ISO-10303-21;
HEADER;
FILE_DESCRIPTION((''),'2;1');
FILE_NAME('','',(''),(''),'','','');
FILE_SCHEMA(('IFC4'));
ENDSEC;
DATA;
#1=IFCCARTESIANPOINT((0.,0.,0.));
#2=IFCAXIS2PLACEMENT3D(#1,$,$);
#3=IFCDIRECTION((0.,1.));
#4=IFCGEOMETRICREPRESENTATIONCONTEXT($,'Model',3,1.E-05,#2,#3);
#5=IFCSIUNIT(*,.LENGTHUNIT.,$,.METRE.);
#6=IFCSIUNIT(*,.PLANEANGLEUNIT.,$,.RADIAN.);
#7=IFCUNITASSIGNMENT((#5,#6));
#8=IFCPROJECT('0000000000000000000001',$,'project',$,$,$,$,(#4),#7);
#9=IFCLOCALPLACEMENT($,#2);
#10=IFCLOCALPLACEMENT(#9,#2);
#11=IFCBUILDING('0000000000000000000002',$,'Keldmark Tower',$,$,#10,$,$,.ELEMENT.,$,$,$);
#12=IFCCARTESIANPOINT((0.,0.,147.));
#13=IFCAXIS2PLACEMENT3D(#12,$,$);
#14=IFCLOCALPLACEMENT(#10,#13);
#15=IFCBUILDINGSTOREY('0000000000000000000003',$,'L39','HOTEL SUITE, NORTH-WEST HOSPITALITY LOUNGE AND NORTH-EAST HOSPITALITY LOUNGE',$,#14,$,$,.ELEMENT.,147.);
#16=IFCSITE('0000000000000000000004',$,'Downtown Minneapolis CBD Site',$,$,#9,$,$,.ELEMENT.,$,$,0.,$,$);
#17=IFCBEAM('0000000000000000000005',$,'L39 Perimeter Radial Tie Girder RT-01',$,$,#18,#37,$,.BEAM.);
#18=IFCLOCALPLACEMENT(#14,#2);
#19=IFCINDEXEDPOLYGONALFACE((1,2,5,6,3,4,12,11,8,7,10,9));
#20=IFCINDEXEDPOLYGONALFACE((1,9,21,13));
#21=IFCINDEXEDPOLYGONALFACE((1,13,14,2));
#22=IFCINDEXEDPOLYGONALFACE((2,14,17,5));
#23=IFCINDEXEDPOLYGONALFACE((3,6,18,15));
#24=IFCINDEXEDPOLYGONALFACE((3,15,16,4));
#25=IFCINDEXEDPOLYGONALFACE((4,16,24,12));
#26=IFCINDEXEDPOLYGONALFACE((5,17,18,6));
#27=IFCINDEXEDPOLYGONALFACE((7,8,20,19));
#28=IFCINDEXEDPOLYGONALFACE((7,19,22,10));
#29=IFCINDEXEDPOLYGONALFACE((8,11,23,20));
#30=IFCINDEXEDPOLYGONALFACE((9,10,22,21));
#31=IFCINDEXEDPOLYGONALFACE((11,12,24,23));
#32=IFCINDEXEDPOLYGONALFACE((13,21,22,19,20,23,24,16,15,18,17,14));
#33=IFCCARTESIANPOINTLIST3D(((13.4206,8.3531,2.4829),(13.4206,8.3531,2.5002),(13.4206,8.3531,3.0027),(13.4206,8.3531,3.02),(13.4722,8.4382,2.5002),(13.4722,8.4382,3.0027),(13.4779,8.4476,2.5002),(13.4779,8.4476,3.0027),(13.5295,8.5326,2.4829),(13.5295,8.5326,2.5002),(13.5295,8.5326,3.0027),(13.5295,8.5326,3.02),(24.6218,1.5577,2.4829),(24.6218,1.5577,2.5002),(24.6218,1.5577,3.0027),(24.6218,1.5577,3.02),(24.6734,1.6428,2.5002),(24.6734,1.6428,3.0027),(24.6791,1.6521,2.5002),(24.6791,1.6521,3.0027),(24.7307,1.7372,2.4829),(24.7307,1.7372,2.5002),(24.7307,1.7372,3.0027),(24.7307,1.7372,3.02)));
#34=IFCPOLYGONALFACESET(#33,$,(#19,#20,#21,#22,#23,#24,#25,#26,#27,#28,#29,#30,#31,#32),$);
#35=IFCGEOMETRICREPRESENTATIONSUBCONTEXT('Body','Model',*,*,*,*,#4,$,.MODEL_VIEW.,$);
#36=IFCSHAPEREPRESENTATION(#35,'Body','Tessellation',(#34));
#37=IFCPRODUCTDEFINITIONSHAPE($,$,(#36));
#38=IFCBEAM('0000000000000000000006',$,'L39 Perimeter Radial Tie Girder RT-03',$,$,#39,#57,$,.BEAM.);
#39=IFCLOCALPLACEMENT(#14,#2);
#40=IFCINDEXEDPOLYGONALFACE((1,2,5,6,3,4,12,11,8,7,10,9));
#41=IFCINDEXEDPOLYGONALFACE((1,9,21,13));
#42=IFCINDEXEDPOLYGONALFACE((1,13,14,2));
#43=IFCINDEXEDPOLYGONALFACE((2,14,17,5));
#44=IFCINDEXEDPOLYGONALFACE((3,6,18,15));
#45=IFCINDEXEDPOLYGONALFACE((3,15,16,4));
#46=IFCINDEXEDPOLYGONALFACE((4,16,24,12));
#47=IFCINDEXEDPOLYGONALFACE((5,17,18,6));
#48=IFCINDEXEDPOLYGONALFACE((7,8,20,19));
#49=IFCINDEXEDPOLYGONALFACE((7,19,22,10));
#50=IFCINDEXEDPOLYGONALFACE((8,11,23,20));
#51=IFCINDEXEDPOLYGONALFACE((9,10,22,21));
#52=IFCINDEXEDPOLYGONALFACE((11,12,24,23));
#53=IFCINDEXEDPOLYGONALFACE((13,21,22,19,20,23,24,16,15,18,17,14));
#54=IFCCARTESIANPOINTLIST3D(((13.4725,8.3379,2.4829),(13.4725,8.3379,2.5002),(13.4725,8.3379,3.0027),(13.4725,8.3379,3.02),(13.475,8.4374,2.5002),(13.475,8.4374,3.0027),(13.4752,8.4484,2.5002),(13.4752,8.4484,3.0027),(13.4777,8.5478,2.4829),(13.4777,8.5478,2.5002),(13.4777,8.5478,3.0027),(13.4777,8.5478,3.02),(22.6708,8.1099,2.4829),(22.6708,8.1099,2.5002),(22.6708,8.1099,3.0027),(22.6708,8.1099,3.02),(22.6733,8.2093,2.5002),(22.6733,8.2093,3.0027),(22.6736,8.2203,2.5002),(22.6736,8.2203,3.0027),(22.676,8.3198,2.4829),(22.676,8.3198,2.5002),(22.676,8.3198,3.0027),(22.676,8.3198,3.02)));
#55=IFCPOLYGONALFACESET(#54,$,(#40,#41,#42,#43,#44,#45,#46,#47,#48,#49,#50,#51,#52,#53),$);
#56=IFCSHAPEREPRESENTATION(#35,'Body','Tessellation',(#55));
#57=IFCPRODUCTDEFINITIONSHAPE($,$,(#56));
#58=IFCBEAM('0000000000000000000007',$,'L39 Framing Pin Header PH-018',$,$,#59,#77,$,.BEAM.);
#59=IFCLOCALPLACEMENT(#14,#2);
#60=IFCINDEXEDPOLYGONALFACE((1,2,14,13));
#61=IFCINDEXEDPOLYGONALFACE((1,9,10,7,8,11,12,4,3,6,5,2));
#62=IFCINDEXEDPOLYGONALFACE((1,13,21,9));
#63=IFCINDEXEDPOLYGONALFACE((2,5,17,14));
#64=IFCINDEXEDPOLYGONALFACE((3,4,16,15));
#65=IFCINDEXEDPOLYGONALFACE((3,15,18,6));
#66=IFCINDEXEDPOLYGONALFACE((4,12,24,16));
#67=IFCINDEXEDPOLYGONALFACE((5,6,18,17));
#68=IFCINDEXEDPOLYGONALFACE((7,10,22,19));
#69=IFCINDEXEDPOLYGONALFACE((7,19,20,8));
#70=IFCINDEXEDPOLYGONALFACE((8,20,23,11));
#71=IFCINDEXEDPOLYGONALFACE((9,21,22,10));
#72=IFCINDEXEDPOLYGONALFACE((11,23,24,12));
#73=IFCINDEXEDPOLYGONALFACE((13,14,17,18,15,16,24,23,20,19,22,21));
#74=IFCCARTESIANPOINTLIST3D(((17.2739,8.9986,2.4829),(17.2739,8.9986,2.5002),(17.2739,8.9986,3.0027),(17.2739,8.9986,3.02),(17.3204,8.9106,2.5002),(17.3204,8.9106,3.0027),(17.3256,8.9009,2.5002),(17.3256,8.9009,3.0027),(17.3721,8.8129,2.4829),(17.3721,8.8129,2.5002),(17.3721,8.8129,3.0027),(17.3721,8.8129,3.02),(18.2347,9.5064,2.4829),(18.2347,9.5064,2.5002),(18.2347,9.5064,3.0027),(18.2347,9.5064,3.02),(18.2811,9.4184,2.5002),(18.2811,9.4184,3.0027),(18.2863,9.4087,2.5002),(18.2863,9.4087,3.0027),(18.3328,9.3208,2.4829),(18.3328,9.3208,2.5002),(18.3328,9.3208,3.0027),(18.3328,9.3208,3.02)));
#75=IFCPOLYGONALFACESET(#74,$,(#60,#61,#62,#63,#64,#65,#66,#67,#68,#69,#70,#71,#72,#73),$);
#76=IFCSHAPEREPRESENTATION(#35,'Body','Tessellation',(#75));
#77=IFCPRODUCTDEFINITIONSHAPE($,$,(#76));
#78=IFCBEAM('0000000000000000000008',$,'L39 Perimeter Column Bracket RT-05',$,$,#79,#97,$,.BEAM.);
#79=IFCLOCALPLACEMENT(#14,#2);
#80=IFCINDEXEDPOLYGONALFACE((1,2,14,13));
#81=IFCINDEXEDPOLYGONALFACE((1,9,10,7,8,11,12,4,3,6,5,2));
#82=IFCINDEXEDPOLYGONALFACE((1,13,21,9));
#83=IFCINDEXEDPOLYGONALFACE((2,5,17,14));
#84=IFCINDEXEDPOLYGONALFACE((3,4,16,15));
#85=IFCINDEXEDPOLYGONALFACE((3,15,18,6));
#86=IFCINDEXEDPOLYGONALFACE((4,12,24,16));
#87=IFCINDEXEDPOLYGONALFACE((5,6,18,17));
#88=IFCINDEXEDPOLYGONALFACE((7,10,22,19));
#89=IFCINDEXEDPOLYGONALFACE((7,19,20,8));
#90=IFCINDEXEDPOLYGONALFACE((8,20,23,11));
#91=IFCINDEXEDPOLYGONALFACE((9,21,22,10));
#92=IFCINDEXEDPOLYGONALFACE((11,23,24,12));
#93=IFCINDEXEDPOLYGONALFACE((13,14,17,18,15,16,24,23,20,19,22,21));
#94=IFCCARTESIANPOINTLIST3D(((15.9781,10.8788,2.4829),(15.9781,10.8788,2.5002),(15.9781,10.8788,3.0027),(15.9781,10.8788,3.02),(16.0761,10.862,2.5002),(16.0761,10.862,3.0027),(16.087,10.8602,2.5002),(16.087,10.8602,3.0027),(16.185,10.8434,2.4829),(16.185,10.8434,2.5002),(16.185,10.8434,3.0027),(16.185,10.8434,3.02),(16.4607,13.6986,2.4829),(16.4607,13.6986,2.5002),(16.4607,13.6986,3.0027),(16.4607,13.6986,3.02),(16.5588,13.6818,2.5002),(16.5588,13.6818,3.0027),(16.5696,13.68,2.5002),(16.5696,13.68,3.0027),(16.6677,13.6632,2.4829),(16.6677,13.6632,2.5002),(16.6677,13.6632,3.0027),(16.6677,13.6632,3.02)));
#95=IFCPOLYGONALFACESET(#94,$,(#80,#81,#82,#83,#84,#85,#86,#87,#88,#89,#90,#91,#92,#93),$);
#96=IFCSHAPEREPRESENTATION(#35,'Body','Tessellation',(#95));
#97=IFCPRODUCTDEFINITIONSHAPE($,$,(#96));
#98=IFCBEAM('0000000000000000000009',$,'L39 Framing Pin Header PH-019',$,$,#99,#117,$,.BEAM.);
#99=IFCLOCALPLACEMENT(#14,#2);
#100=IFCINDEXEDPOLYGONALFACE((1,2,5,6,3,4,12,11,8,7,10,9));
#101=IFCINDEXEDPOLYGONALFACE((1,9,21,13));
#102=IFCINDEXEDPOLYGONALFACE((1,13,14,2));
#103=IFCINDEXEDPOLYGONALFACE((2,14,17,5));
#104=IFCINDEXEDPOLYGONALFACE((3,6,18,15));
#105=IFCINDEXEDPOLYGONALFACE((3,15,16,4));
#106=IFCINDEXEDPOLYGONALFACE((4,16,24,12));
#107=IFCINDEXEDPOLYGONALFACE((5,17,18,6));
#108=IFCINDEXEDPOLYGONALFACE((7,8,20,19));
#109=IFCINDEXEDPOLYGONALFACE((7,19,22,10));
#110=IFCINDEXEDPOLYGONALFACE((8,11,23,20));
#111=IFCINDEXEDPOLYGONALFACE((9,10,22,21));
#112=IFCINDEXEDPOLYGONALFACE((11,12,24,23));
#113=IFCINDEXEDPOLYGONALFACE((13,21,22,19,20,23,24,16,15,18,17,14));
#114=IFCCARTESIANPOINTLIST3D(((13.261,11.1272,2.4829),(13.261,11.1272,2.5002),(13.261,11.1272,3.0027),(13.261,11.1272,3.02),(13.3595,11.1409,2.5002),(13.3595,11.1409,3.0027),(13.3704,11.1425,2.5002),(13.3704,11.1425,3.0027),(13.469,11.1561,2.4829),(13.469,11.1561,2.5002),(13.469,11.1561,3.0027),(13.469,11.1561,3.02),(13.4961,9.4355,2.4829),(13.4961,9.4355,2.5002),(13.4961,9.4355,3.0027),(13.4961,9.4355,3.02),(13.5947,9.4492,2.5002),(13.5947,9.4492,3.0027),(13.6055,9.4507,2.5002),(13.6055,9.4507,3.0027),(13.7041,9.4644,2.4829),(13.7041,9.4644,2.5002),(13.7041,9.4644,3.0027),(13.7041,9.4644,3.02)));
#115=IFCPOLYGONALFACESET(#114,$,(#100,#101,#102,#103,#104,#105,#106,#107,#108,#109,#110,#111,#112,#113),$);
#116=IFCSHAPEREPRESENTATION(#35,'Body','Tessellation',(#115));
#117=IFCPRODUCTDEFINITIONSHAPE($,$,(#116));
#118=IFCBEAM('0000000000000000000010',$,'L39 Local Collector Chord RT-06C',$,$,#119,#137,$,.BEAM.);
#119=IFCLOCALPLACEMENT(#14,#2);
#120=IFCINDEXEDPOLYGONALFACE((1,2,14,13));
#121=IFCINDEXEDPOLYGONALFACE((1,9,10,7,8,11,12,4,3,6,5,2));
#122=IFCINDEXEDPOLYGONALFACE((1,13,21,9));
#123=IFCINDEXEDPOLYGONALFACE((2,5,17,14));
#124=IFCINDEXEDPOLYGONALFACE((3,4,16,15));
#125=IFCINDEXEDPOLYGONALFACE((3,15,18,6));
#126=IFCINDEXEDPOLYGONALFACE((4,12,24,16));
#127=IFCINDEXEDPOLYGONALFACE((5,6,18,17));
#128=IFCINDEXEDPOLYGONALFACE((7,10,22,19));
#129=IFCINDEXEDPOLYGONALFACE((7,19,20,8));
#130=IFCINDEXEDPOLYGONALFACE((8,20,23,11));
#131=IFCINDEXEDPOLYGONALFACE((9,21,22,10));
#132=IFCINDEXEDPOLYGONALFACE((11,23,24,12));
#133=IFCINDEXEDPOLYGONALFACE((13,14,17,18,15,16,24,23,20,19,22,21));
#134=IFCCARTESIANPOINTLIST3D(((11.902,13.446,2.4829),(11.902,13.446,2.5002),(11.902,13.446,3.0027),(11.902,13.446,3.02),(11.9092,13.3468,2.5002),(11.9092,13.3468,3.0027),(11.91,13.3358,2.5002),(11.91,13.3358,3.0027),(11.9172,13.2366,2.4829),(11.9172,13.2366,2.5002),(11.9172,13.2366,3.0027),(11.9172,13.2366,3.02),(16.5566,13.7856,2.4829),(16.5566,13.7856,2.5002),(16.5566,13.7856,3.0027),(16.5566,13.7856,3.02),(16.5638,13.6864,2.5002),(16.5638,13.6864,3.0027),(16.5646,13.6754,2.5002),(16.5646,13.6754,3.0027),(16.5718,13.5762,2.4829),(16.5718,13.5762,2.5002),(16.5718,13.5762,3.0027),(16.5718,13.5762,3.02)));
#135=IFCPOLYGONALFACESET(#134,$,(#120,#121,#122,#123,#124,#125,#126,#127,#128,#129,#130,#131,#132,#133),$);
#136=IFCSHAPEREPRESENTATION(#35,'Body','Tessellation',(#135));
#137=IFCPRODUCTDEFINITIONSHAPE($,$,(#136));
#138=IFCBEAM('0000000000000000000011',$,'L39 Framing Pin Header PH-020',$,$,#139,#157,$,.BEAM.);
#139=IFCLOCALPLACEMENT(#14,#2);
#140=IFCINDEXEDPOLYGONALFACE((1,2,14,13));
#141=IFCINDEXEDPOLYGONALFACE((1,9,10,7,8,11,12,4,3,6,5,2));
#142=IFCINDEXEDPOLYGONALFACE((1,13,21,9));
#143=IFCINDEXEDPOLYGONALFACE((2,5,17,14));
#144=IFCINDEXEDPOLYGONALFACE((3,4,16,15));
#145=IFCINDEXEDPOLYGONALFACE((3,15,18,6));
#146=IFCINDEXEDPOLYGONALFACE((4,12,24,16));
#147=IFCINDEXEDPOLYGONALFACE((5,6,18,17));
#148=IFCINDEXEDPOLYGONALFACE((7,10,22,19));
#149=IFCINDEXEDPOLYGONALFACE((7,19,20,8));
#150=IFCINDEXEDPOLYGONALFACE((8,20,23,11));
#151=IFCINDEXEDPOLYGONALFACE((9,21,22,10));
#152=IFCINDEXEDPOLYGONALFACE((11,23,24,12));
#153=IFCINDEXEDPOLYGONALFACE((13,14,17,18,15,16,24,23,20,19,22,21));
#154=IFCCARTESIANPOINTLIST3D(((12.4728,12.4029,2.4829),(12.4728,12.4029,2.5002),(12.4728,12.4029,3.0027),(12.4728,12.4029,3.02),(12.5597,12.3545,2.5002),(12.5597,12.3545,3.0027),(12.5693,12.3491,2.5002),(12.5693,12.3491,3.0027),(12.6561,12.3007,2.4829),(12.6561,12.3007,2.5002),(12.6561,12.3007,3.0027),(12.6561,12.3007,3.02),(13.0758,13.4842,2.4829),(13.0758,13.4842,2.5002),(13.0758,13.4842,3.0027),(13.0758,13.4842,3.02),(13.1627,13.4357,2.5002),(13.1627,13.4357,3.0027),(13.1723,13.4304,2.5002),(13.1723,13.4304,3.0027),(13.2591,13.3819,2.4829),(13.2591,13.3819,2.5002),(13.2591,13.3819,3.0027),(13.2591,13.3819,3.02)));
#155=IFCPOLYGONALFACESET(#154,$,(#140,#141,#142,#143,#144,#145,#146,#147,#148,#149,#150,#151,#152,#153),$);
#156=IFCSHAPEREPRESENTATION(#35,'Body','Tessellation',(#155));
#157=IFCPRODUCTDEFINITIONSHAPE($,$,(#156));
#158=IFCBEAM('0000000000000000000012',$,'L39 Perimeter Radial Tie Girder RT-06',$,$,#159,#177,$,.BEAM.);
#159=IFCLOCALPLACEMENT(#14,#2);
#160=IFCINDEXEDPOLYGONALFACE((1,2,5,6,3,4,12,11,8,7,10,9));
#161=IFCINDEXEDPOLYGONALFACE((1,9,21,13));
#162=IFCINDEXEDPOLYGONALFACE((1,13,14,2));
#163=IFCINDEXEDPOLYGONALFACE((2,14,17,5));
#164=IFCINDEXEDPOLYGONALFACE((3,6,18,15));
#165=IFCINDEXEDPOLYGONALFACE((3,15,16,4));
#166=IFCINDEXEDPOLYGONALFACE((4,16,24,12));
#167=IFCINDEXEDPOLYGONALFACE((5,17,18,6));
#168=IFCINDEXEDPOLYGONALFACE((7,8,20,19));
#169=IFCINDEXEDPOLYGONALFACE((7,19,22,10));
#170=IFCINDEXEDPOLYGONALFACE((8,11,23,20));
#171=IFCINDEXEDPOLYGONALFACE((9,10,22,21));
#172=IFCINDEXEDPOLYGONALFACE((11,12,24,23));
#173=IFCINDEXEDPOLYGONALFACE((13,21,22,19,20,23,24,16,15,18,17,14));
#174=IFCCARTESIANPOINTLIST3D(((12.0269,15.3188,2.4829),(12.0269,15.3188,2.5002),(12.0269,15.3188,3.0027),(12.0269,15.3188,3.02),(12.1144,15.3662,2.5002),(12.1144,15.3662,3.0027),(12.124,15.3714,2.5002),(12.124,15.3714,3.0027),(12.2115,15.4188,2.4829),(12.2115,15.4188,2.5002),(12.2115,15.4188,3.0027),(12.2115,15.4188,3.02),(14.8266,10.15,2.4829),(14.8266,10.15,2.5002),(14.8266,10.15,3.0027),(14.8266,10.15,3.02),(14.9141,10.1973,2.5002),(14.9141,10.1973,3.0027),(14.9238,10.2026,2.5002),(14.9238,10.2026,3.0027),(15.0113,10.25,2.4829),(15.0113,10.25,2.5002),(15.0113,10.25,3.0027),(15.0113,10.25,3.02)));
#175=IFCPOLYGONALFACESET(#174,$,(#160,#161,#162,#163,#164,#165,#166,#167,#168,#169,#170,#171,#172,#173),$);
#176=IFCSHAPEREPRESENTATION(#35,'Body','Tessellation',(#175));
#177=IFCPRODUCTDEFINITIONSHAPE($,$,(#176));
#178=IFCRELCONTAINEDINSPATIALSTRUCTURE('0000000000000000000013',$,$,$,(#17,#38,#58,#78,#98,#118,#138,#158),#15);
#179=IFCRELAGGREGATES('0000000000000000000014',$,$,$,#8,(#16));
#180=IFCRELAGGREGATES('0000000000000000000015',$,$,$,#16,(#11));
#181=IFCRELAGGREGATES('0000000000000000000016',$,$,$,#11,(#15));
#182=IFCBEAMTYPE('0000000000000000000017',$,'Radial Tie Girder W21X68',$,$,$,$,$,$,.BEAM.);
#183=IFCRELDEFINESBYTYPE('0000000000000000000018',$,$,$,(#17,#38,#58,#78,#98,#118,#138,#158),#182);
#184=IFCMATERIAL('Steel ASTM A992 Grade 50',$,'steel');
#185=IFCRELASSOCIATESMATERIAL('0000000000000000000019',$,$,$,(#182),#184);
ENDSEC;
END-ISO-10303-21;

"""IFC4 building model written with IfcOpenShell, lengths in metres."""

from ifc_helpers import new_model, si_unit, direction, frame, origin, origin_2d, place, context, subcontext, project, spatial, i_section, extrude, material, material_profile, profile_set, type_object, element, save


model = new_model("IFC4")

# Units and contexts
model_context = context("Model", 3, precision=1e-05, world=origin(), true_north=direction((0.0, 1.0)))
body_context = subcontext(model_context, "Body", "Model", "MODEL_VIEW")
ifc_project = project(units=[si_unit("LENGTHUNIT", "METRE"), si_unit("PLANEANGLEUNIT", "RADIAN")], contexts=[model_context])

# Site, building, storey
site_placement = place(None, origin())
site = spatial("IfcSite", under=ifc_project, at=site_placement, Name="Downtown Minneapolis CBD Site", CompositionType="ELEMENT", RefElevation=0.0)
building_placement = place(site_placement, origin())
building = spatial("IfcBuilding", under=site, at=building_placement, Name="Keldmark Tower", CompositionType="ELEMENT")
storey_placement = place(building_placement, frame((0.0, 0.0, 147.0)))
storey = spatial("IfcBuildingStorey", under=building, at=storey_placement, Name="L39", Description="HOTEL SUITE, NORTH-WEST HOSPITALITY LOUNGE AND NORTH-EAST HOSPITALITY LOUNGE", CompositionType="ELEMENT", Elevation=147.0)

# Beams
ifc_material_1 = material(Name="Steel ASTM A992 Grade 50", Category="steel")
ifc_material_profile_1 = material_profile(ifc_material_1, i_section(OverallWidth=0.21, OverallDepth=0.5371, WebThickness=0.011, FlangeThickness=0.0173, at=origin_2d()), Name="W21X68")
ifc_profile_set_1 = profile_set([ifc_material_profile_1], Name="Steel ASTM A992 Grade 50")
beam_type_1 = type_object("IfcBeamType", Name="Radial Tie Girder W21X68", PredefinedType="BEAM", material=ifc_profile_set_1)
beam_1_placement = place(storey_placement, frame((13.4751, 8.4429, 2.7515), z_axis=(0.854967, -0.518682, 0.0), x_axis=(0.518682, 0.854967, 0.0)))
element("IfcBeam", 1, at=beam_1_placement, inside=storey, type_object=beam_type_1, Name="L39 Perimeter Radial Tie Girder RT-01", PredefinedType="BEAM", context=body_context, shape_type="SweptSolid", body=[
    extrude(i_section(OverallWidth=0.21, OverallDepth=0.5371, WebThickness=0.011, FlangeThickness=0.0173, at=origin_2d()), origin(), (0.0, 0.0, 1.0), 13.1013),
])
beam_2_placement = place(storey_placement, frame((13.4751, 8.4429, 2.7515), z_axis=(0.999693, -0.024783, 0.0), x_axis=(0.024783, 0.999693, 0.0)))
element("IfcBeam", 2, at=beam_2_placement, inside=storey, type_object=beam_type_1, Name="L39 Perimeter Radial Tie Girder RT-03", PredefinedType="BEAM", context=body_context, shape_type="SweptSolid", body=[
    extrude(i_section(OverallWidth=0.21, OverallDepth=0.5371, WebThickness=0.011, FlangeThickness=0.0173, at=origin_2d()), origin(), (0.0, 0.0, 1.0), 9.2012),
])
beam_3_placement = place(storey_placement, frame((17.323, 8.9058, 2.7515), z_axis=(0.884088, 0.46732, 0.0), x_axis=(-0.46732, 0.884088, 0.0)))
element("IfcBeam", 3, at=beam_3_placement, inside=storey, type_object=beam_type_1, Name="L39 Framing Pin Header PH-018", PredefinedType="BEAM", context=body_context, shape_type="SweptSolid", body=[
    extrude(i_section(OverallWidth=0.21, OverallDepth=0.5371, WebThickness=0.011, FlangeThickness=0.0173, at=origin_2d()), origin(), (0.0, 0.0, 1.0), 1.0867),
])
beam_4_placement = place(storey_placement, frame((16.0815, 10.8611, 2.7515), z_axis=(0.168715, 0.985665, 0.0), x_axis=(-0.985665, 0.168715, 0.0)))
element("IfcBeam", 4, at=beam_4_placement, inside=storey, type_object=beam_type_1, Name="L39 Perimeter Column Bracket RT-05", PredefinedType="BEAM", context=body_context, shape_type="SweptSolid", body=[
    extrude(i_section(OverallWidth=0.21, OverallDepth=0.5371, WebThickness=0.011, FlangeThickness=0.0173, at=origin_2d()), origin(), (0.0, 0.0, 1.0), 2.8608),
])
beam_5_placement = place(storey_placement, frame((13.6001, 9.45, 2.7515), z_axis=(-0.137658, 0.99048, 0.0), x_axis=(-0.99048, -0.137658, 0.0)))
element("IfcBeam", 5, at=beam_5_placement, inside=storey, type_object=beam_type_1, Name="L39 Framing Pin Header PH-019", PredefinedType="BEAM", context=body_context, shape_type="SweptSolid", body=[
    extrude(i_section(OverallWidth=0.21, OverallDepth=0.5371, WebThickness=0.011, FlangeThickness=0.0173, at=origin_2d()), origin(), (0.0, 0.0, 1.0), 1.708),
])
beam_6_placement = place(storey_placement, frame((16.5642, 13.6809, 2.7515), z_axis=(-0.997349, -0.072767, 0.0), x_axis=(0.072767, -0.997349, 0.0)))
element("IfcBeam", 6, at=beam_6_placement, inside=storey, type_object=beam_type_1, Name="L39 Local Collector Chord RT-06C", PredefinedType="BEAM", context=body_context, shape_type="SweptSolid", body=[
    extrude(i_section(OverallWidth=0.21, OverallDepth=0.5371, WebThickness=0.011, FlangeThickness=0.0173, at=origin_2d()), origin(), (0.0, 0.0, 1.0), 4.667),
])
beam_7_placement = place(storey_placement, frame((12.5645, 12.3518, 2.7515), z_axis=(0.487065, 0.873365, 0.0), x_axis=(-0.873365, 0.487065, 0.0)))
element("IfcBeam", 7, at=beam_7_placement, inside=storey, type_object=beam_type_1, Name="L39 Framing Pin Header PH-020", PredefinedType="BEAM", context=body_context, shape_type="SweptSolid", body=[
    extrude(i_section(OverallWidth=0.21, OverallDepth=0.5371, WebThickness=0.011, FlangeThickness=0.0173, at=origin_2d()), origin(), (0.0, 0.0, 1.0), 1.238),
])
beam_8_placement = place(storey_placement, frame((14.9189, 10.2, 2.7515), z_axis=(-0.476278, 0.879295, 0.0), x_axis=(-0.879295, -0.476278, 0.0)))
element("IfcBeam", 8, at=beam_8_placement, inside=storey, type_object=beam_type_1, Name="L39 Perimeter Radial Tie Girder RT-06", PredefinedType="BEAM", context=body_context, shape_type="SweptSolid", body=[
    extrude(i_section(OverallWidth=0.21, OverallDepth=0.5371, WebThickness=0.011, FlangeThickness=0.0173, at=origin_2d()), origin(), (0.0, 0.0, 1.0), 5.8784),
])

save(model, "model.ifc")
